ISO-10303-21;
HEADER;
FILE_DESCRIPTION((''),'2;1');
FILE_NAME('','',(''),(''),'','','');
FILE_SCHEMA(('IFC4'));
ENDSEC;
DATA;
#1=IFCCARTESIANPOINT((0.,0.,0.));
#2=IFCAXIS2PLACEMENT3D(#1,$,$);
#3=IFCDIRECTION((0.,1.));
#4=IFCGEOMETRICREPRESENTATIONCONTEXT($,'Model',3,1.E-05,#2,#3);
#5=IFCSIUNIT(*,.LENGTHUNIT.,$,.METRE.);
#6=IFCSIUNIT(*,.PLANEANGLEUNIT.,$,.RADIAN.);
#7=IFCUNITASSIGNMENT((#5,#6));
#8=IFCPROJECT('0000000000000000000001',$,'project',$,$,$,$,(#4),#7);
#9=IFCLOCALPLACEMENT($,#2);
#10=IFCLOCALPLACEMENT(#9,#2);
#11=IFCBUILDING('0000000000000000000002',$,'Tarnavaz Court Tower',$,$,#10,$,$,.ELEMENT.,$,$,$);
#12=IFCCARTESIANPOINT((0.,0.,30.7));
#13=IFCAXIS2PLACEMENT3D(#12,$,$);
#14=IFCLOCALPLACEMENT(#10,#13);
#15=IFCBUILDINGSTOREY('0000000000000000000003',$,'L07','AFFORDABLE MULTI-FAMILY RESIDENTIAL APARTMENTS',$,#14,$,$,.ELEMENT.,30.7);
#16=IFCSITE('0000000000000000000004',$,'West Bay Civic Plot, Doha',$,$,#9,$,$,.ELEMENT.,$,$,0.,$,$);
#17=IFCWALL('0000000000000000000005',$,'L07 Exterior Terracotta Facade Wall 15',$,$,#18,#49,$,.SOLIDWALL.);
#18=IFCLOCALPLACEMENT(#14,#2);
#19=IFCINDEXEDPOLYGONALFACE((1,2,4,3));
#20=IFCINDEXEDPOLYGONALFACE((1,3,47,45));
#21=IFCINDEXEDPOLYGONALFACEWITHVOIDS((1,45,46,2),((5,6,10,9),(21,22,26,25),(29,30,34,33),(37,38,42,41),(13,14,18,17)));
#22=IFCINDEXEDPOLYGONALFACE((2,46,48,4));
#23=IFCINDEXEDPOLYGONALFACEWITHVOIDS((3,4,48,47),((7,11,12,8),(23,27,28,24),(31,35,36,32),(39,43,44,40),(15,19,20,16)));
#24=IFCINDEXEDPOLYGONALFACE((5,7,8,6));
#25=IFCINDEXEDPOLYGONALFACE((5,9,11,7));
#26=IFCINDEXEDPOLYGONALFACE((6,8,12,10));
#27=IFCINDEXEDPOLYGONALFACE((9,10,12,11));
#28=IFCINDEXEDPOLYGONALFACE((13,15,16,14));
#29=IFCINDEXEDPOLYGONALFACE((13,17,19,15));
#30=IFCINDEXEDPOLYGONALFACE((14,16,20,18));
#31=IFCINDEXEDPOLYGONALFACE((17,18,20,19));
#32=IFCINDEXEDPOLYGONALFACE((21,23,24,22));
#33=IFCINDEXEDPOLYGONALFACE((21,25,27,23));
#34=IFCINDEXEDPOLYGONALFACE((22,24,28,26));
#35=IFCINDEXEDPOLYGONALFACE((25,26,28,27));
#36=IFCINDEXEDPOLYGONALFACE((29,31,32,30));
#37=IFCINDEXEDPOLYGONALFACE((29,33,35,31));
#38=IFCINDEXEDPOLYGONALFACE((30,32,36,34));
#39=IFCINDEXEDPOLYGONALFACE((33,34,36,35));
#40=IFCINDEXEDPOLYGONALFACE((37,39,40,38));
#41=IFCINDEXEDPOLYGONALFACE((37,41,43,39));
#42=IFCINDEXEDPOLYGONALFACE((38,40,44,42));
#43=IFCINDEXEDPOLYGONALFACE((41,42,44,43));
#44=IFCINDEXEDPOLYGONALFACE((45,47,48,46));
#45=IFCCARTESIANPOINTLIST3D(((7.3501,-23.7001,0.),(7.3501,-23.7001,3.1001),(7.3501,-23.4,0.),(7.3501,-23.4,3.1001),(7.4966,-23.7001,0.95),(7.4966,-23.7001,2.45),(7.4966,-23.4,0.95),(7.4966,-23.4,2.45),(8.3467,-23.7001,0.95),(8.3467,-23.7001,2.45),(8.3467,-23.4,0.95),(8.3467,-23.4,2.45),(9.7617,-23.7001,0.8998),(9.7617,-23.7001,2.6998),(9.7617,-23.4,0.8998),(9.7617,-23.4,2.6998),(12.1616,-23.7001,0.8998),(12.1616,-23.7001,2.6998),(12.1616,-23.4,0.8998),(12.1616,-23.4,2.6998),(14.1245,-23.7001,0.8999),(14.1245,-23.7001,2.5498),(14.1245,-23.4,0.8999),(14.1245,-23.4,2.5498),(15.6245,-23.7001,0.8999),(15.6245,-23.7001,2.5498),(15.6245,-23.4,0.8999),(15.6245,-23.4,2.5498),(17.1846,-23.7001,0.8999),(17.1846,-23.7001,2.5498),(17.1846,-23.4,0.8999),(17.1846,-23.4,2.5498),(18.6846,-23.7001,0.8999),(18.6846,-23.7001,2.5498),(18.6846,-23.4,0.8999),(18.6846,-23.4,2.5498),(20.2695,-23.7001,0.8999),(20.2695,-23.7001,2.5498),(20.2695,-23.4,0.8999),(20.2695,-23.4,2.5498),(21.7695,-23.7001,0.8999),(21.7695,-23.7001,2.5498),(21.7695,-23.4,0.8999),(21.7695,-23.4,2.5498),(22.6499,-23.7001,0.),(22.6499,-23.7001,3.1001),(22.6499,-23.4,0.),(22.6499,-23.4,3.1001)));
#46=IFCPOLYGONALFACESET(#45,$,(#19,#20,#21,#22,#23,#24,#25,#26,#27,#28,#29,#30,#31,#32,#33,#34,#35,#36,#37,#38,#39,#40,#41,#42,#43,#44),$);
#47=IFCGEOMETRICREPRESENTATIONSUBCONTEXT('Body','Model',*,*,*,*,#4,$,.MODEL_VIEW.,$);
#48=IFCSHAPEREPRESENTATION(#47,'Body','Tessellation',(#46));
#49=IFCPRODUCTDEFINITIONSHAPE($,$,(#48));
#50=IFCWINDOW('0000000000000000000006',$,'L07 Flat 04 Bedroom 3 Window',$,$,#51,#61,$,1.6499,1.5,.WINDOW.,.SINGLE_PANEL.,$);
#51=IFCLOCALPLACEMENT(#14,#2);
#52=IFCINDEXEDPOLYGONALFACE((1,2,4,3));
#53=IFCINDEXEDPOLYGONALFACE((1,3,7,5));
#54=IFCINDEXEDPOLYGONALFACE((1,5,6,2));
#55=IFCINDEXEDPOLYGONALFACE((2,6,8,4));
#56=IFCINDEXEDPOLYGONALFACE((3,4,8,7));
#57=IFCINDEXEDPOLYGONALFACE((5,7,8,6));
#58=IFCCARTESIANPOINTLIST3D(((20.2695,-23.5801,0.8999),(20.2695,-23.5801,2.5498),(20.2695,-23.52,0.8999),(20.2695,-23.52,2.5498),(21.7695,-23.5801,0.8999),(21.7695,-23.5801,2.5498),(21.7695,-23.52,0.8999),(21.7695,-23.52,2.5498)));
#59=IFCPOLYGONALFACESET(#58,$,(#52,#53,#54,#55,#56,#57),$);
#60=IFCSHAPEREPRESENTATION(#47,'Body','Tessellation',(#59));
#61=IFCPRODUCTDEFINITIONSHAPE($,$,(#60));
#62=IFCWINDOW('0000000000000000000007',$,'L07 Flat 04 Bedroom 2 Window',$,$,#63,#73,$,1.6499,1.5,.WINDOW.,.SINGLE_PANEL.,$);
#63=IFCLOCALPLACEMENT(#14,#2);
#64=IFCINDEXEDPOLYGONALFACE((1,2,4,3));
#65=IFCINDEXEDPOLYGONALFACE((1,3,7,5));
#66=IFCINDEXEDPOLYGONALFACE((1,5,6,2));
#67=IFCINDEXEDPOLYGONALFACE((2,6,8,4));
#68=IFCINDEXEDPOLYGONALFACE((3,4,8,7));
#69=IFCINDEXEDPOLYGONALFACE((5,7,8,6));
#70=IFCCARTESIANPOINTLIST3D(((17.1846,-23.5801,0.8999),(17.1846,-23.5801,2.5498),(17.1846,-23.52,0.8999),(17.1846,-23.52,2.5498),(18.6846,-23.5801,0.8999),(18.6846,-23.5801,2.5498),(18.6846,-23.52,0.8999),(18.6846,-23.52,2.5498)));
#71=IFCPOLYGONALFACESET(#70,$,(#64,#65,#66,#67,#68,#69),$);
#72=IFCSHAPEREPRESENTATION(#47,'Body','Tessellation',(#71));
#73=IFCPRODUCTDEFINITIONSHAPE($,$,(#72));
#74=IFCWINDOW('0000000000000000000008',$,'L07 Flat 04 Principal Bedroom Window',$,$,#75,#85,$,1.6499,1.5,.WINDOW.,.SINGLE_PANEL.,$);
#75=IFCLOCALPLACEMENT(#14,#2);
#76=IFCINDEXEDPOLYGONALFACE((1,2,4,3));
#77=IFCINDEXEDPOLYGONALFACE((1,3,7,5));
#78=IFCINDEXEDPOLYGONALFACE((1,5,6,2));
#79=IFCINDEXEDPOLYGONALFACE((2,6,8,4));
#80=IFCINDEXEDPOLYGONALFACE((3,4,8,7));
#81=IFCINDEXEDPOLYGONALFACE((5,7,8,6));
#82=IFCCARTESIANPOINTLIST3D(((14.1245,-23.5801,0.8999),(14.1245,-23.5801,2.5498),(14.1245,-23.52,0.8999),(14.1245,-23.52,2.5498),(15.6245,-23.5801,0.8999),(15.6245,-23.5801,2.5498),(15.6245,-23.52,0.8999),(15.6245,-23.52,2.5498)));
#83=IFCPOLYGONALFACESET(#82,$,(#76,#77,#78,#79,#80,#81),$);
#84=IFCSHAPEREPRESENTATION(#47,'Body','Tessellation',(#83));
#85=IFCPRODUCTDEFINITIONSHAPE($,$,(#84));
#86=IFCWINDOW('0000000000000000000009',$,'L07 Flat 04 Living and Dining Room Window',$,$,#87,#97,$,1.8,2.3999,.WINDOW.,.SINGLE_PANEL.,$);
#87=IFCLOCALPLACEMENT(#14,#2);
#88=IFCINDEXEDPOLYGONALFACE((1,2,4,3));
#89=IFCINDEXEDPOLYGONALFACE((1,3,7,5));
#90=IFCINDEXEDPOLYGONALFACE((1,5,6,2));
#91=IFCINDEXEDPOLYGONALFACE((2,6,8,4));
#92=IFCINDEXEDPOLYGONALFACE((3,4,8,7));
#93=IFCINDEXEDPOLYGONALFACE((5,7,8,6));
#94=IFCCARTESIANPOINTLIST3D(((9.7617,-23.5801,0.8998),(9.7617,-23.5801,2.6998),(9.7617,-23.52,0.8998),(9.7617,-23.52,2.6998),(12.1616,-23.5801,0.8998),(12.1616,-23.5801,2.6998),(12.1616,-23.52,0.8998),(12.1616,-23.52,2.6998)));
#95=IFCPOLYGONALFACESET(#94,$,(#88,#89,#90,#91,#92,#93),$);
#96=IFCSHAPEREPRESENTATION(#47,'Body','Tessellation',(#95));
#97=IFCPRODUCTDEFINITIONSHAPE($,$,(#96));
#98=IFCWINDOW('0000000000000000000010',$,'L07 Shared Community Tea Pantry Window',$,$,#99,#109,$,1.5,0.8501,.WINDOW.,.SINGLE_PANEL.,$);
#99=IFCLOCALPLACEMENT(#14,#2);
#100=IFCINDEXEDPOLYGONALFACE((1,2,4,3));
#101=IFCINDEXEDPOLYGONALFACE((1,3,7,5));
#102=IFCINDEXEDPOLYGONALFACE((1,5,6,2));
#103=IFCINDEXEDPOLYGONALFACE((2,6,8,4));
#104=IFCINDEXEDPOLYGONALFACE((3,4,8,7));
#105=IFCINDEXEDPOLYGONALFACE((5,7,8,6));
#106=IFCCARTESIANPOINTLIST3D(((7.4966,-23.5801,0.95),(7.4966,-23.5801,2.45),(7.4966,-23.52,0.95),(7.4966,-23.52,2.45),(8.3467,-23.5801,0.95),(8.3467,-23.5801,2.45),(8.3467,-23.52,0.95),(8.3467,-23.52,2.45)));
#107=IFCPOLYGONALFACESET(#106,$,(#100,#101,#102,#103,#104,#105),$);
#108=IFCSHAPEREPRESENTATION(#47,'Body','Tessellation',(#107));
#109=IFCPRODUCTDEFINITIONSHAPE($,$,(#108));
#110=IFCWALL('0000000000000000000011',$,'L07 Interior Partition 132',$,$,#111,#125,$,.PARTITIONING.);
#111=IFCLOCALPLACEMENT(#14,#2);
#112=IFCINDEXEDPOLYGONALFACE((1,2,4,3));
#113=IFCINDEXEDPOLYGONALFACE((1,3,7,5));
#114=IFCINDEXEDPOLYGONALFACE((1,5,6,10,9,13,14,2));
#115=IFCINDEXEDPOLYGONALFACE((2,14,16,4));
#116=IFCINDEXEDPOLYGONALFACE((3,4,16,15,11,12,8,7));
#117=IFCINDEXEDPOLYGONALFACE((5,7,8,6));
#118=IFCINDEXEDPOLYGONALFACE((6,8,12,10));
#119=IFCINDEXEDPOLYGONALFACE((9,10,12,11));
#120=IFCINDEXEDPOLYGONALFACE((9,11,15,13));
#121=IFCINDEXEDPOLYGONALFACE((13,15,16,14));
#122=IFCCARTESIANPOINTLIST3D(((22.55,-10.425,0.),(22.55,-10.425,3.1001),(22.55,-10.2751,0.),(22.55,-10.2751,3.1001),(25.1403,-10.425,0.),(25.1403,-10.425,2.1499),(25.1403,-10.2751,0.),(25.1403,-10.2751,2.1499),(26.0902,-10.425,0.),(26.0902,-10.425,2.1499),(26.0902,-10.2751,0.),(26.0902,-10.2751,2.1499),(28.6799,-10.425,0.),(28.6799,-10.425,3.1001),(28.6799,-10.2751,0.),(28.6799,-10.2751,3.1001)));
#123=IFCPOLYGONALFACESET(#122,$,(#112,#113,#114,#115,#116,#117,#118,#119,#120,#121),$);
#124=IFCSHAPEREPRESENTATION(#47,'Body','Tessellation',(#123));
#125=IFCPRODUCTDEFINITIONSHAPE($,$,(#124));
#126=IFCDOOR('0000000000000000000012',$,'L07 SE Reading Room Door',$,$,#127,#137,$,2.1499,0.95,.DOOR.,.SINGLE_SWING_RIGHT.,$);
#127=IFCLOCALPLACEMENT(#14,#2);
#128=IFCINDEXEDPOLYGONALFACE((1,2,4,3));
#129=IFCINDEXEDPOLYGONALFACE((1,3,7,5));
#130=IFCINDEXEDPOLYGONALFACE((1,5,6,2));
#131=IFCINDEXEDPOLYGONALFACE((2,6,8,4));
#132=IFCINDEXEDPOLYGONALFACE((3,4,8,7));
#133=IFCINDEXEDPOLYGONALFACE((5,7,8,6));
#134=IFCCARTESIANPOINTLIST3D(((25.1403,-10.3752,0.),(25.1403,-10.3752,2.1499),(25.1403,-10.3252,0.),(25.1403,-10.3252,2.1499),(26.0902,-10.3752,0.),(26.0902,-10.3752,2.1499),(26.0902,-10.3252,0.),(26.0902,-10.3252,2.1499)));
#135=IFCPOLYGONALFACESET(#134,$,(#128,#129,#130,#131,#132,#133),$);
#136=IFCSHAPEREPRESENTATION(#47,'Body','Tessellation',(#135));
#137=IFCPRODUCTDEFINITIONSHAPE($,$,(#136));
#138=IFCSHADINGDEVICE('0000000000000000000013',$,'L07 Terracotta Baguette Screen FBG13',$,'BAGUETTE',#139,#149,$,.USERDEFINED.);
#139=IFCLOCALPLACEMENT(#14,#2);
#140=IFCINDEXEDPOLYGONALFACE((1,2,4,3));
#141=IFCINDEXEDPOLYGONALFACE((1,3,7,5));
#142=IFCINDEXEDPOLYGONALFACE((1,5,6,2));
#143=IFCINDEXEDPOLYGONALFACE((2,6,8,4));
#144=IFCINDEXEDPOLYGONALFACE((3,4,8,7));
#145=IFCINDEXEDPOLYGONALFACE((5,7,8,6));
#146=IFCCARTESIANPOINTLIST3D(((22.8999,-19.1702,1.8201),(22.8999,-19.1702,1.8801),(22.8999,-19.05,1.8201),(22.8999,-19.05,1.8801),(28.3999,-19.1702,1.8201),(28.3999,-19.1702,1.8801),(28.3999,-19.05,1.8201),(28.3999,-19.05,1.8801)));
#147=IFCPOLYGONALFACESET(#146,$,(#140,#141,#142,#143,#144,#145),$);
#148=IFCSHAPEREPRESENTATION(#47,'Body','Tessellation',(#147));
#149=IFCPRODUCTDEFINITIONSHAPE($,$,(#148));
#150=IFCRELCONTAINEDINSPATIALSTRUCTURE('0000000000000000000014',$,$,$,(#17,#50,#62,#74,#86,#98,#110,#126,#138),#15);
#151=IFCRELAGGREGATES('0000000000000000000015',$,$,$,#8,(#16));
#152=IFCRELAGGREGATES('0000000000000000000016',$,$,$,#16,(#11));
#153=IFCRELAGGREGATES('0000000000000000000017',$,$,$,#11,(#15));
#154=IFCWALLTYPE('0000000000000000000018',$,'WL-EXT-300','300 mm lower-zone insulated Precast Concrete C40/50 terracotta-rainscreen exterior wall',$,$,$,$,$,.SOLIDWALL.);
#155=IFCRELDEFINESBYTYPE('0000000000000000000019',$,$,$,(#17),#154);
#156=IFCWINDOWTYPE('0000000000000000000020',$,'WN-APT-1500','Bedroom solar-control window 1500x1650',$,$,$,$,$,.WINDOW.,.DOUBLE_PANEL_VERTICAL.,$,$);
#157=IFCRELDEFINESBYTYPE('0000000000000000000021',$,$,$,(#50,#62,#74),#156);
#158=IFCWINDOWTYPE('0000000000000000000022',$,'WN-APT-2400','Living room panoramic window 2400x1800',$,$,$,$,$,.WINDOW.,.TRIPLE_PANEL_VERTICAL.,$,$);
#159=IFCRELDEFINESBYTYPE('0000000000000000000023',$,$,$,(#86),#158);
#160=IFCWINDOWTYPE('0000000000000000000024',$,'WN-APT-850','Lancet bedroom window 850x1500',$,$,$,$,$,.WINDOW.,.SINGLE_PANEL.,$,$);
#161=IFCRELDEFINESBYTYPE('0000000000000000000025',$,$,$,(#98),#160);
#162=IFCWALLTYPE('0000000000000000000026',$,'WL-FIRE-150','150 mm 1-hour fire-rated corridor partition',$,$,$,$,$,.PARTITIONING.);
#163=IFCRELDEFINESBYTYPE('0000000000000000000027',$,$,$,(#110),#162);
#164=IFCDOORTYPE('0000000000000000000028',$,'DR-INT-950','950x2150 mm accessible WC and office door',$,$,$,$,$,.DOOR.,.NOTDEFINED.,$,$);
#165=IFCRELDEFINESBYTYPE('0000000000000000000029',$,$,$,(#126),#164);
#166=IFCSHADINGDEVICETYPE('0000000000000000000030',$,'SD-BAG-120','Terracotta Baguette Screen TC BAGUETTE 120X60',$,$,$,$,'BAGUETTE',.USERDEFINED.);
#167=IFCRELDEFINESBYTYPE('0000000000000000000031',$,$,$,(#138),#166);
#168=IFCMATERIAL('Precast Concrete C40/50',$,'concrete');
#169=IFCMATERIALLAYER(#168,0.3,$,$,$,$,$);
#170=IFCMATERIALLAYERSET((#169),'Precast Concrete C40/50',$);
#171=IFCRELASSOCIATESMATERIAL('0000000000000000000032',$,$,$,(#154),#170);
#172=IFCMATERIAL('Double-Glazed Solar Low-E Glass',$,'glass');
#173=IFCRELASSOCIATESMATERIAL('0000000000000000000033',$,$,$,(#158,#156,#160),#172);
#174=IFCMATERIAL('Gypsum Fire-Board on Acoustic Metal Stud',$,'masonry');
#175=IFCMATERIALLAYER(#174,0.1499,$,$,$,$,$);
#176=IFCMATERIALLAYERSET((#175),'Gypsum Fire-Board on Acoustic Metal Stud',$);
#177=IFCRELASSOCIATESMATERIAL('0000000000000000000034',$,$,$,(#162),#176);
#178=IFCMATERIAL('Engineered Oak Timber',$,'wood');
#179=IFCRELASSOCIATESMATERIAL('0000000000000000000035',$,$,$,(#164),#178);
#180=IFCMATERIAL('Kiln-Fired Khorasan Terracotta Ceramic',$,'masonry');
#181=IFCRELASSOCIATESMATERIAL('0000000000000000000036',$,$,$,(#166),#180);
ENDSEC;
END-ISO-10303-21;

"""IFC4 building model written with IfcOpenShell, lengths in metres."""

from ifc_helpers import new_model, si_unit, direction, frame, frame_2d, origin, origin_2d, place, context, subcontext, project, spatial, rectangle, extrude, material, layer, layer_set, material_profile, profile_set, type_object, element, fill, save


model = new_model("IFC4")

# Units and contexts
model_context = context("Model", 3, precision=1e-05, world=origin(), true_north=direction((0.0, 1.0)))
body_context = subcontext(model_context, "Body", "Model", "MODEL_VIEW")
ifc_project = project(units=[si_unit("LENGTHUNIT", "METRE"), si_unit("PLANEANGLEUNIT", "RADIAN")], contexts=[model_context])

# Site, building, storey
site_placement = place(None, origin())
site = spatial("IfcSite", under=ifc_project, at=site_placement, Name="West Bay Civic Plot, Doha", CompositionType="ELEMENT", RefElevation=0.0)
building_placement = place(site_placement, origin())
building = spatial("IfcBuilding", under=site, at=building_placement, Name="Tarnavaz Court Tower", CompositionType="ELEMENT")
storey_placement = place(building_placement, frame((0.0, 0.0, 30.7)))
storey = spatial("IfcBuildingStorey", under=building, at=storey_placement, Name="L07", Description="AFFORDABLE MULTI-FAMILY RESIDENTIAL APARTMENTS", CompositionType="ELEMENT", Elevation=30.7)

# Shared definitions
ifc_material_1 = material(Name="Precast Concrete C40/50", Category="concrete")
ifc_layer_1 = layer(ifc_material_1, 0.3)
ifc_layer_set_1 = layer_set([ifc_layer_1], Name="Precast Concrete C40/50")
wall_type_1 = type_object("IfcWallType", Name="WL-EXT-300", Description="300 mm lower-zone insulated Precast Concrete C40/50 terracotta-rainscreen exterior wall", PredefinedType="SOLIDWALL", material=ifc_layer_set_1)
ifc_material_2 = material(Name="Double-Glazed Solar Low-E Glass", Category="glass")
window_type_1 = type_object("IfcWindowType", Name="WN-APT-2400", Description="Living room panoramic window 2400x1800", PartitioningType="TRIPLE_PANEL_VERTICAL", PredefinedType="WINDOW", material=ifc_material_2)

# Wall, openings, windows
wall_1_placement = place(storey_placement, frame((22.6499, -23.55, 0.0), z_axis=(0.0, 0.0, 1.0), x_axis=(-1.0, 0.0, 0.0)))
wall_1 = element("IfcWall", 1, at=wall_1_placement, inside=storey, type_object=wall_type_1, Name="L07 Exterior Terracotta Facade Wall 15", PredefinedType="SOLIDWALL", context=body_context, shape_type="SweptSolid", body=[
    extrude(rectangle(XDim=15.2998, YDim=0.3, at=frame_2d((7.6499, 0.0))), origin(), (0.0, 0.0, 1.0), 3.1001),
])
opening_1_placement = place(wall_1_placement, frame((0.8804, 0.0, 0.8999)))
opening_1 = element("IfcOpeningElement", 2, at=opening_1_placement, cuts=wall_1, PredefinedType="OPENING", context=body_context, shape_type="SweptSolid", body=[
    extrude(rectangle(XDim=1.5, YDim=1.6499, at=frame_2d((0.75, 0.825))), frame((0.0, 0.1599, 0.0), z_axis=(0.0, -1.0, 0.0), x_axis=(1.0, 0.0, 0.0)), (0.0, 0.0, 1.0), 0.3201),
])
opening_2_placement = place(wall_1_placement, frame((3.9653, 0.0, 0.8999)))
opening_2 = element("IfcOpeningElement", 3, at=opening_2_placement, cuts=wall_1, PredefinedType="OPENING", context=body_context, shape_type="SweptSolid", body=[
    extrude(rectangle(XDim=1.5, YDim=1.6499, at=frame_2d((0.75, 0.825))), frame((0.0, 0.1599, 0.0), z_axis=(0.0, -1.0, 0.0), x_axis=(1.0, 0.0, 0.0)), (0.0, 0.0, 1.0), 0.3201),
])
opening_3_placement = place(wall_1_placement, frame((7.0254, 0.0, 0.8999)))
opening_3 = element("IfcOpeningElement", 4, at=opening_3_placement, cuts=wall_1, PredefinedType="OPENING", context=body_context, shape_type="SweptSolid", body=[
    extrude(rectangle(XDim=1.5, YDim=1.6499, at=frame_2d((0.75, 0.825))), frame((0.0, 0.1599, 0.0), z_axis=(0.0, -1.0, 0.0), x_axis=(1.0, 0.0, 0.0)), (0.0, 0.0, 1.0), 0.3201),
])
opening_4_placement = place(wall_1_placement, frame((10.4883, 0.0, 0.8999)))
opening_4 = element("IfcOpeningElement", 5, at=opening_4_placement, cuts=wall_1, PredefinedType="OPENING", context=body_context, shape_type="SweptSolid", body=[
    extrude(rectangle(XDim=2.3999, YDim=1.8, at=frame_2d((1.2, 0.8999))), frame((0.0, 0.1599, 0.0), z_axis=(0.0, -1.0, 0.0), x_axis=(1.0, 0.0, 0.0)), (0.0, 0.0, 1.0), 0.3201),
])
opening_5_placement = place(wall_1_placement, frame((14.3032, 0.0, 0.95)))
opening_5 = element("IfcOpeningElement", 6, at=opening_5_placement, cuts=wall_1, PredefinedType="OPENING", context=body_context, shape_type="SweptSolid", body=[
    extrude(rectangle(XDim=0.8501, YDim=1.5, at=frame_2d((0.425, 0.75))), frame((0.0, 0.1599, 0.0), z_axis=(0.0, -1.0, 0.0), x_axis=(1.0, 0.0, 0.0)), (0.0, 0.0, 1.0), 0.3201),
])
window_type_2 = type_object("IfcWindowType", Name="WN-APT-1500", Description="Bedroom solar-control window 1500x1650", PartitioningType="DOUBLE_PANEL_VERTICAL", PredefinedType="WINDOW", material=ifc_material_2)
window_1_placement = place(opening_1_placement, origin())
window_1 = element("IfcWindow", 7, at=window_1_placement, inside=storey, type_object=window_type_2, Name="L07 Flat 04 Bedroom 3 Window", OverallHeight=1.6499, OverallWidth=1.5, PartitioningType="SINGLE_PANEL", PredefinedType="WINDOW", context=body_context, shape_type="SweptSolid", body=[
    extrude(rectangle(XDim=1.5, YDim=1.6499, at=frame_2d((0.75, 0.825))), frame((0.0, 0.03, 0.0), z_axis=(0.0, -1.0, 0.0), x_axis=(1.0, 0.0, 0.0)), (0.0, 0.0, 1.0), 0.0601),
])
fill(opening_1, window_1)
window_2_placement = place(opening_2_placement, origin())
window_2 = element("IfcWindow", 8, at=window_2_placement, inside=storey, type_object=window_type_2, Name="L07 Flat 04 Bedroom 2 Window", OverallHeight=1.6499, OverallWidth=1.5, PartitioningType="SINGLE_PANEL", PredefinedType="WINDOW", context=body_context, shape_type="SweptSolid", body=[
    extrude(rectangle(XDim=1.5, YDim=1.6499, at=frame_2d((0.75, 0.825))), frame((0.0, 0.03, 0.0), z_axis=(0.0, -1.0, 0.0), x_axis=(1.0, 0.0, 0.0)), (0.0, 0.0, 1.0), 0.0601),
])
fill(opening_2, window_2)
window_3_placement = place(opening_3_placement, origin())
window_3 = element("IfcWindow", 9, at=window_3_placement, inside=storey, type_object=window_type_2, Name="L07 Flat 04 Principal Bedroom Window", OverallHeight=1.6499, OverallWidth=1.5, PartitioningType="SINGLE_PANEL", PredefinedType="WINDOW", context=body_context, shape_type="SweptSolid", body=[
    extrude(rectangle(XDim=1.5, YDim=1.6499, at=frame_2d((0.75, 0.825))), frame((0.0, 0.03, 0.0), z_axis=(0.0, -1.0, 0.0), x_axis=(1.0, 0.0, 0.0)), (0.0, 0.0, 1.0), 0.0601),
])
fill(opening_3, window_3)
window_4_placement = place(opening_4_placement, origin())
window_4 = element("IfcWindow", 10, at=window_4_placement, inside=storey, type_object=window_type_1, Name="L07 Flat 04 Living and Dining Room Window", OverallHeight=1.8, OverallWidth=2.3999, PartitioningType="SINGLE_PANEL", PredefinedType="WINDOW", context=body_context, shape_type="SweptSolid", body=[
    extrude(rectangle(XDim=2.3999, YDim=1.8, at=frame_2d((1.2, 0.8999))), frame((0.0, 0.03, 0.0), z_axis=(0.0, -1.0, 0.0), x_axis=(1.0, 0.0, 0.0)), (0.0, 0.0, 1.0), 0.0601),
])
fill(opening_4, window_4)
window_type_3 = type_object("IfcWindowType", Name="WN-APT-850", Description="Lancet bedroom window 850x1500", PartitioningType="SINGLE_PANEL", PredefinedType="WINDOW", material=ifc_material_2)
window_5_placement = place(opening_5_placement, origin())
window_5 = element("IfcWindow", 11, at=window_5_placement, inside=storey, type_object=window_type_3, Name="L07 Shared Community Tea Pantry Window", OverallHeight=1.5, OverallWidth=0.8501, PartitioningType="SINGLE_PANEL", PredefinedType="WINDOW", context=body_context, shape_type="SweptSolid", body=[
    extrude(rectangle(XDim=0.8501, YDim=1.5, at=frame_2d((0.425, 0.75))), frame((0.0, 0.03, 0.0), z_axis=(0.0, -1.0, 0.0), x_axis=(1.0, 0.0, 0.0)), (0.0, 0.0, 1.0), 0.0601),
])
fill(opening_5, window_5)

# Wall, opening, door
ifc_material_3 = material(Name="Gypsum Fire-Board on Acoustic Metal Stud", Category="masonry")
ifc_layer_2 = layer(ifc_material_3, 0.1499)
ifc_layer_set_2 = layer_set([ifc_layer_2], Name="Gypsum Fire-Board on Acoustic Metal Stud")
wall_type_2 = type_object("IfcWallType", Name="WL-FIRE-150", Description="150 mm 1-hour fire-rated corridor partition", PredefinedType="PARTITIONING", material=ifc_layer_set_2)
wall_2_placement = place(storey_placement, frame((22.55, -10.3501, 0.0), z_axis=(0.0, 0.0, 1.0), x_axis=(1.0, 0.0, 0.0)))
wall_2 = element("IfcWall", 12, at=wall_2_placement, inside=storey, type_object=wall_type_2, Name="L07 Interior Partition 132", PredefinedType="PARTITIONING", context=body_context, shape_type="SweptSolid", body=[
    extrude(rectangle(XDim=6.1299, YDim=0.1499, at=frame_2d((3.0649, 0.0))), origin(), (0.0, 0.0, 1.0), 3.1001),
])
opening_6_placement = place(wall_2_placement, frame((2.5901, 0.0, 0.0)))
opening_6 = element("IfcOpeningElement", 13, at=opening_6_placement, cuts=wall_2, PredefinedType="OPENING", context=body_context, shape_type="SweptSolid", body=[
    extrude(rectangle(XDim=0.95, YDim=2.1499, at=frame_2d((0.4751, 1.075))), frame((0.0, 0.085, 0.0), z_axis=(0.0, -1.0, 0.0), x_axis=(1.0, 0.0, 0.0)), (0.0, 0.0, 1.0), 0.1699),
])
ifc_material_4 = material(Name="Engineered Oak Timber", Category="wood")
door_type = type_object("IfcDoorType", Name="DR-INT-950", Description="950x2150 mm accessible WC and office door", OperationType="NOTDEFINED", PredefinedType="DOOR", material=ifc_material_4)
door_placement = place(opening_6_placement, origin())
door = element("IfcDoor", 14, at=door_placement, inside=storey, type_object=door_type, Name="L07 SE Reading Room Door", OperationType="SINGLE_SWING_RIGHT", OverallHeight=2.1499, OverallWidth=0.95, PredefinedType="DOOR", context=body_context, shape_type="SweptSolid", body=[
    extrude(rectangle(XDim=0.95, YDim=2.1499, at=frame_2d((0.4751, 1.075))), frame((0.0, 0.0249, 0.0), z_axis=(0.0, -1.0, 0.0), x_axis=(1.0, 0.0, 0.0)), (0.0, 0.0, 1.0), 0.05),
])
fill(opening_6, door)

# Shading device
ifc_material_5 = material(Name="Kiln-Fired Khorasan Terracotta Ceramic", Category="masonry")
ifc_material_profile_1 = material_profile(ifc_material_5, rectangle(XDim=0.1201, YDim=0.0601, at=origin_2d()), Name="TC BAGUETTE 120X60")
ifc_profile_set_1 = profile_set([ifc_material_profile_1], Name="Kiln-Fired Khorasan Terracotta Ceramic")
shading_device_type = type_object("IfcShadingDeviceType", Name="SD-BAG-120", Description="Terracotta Baguette Screen TC BAGUETTE 120X60", ElementType="BAGUETTE", PredefinedType="USERDEFINED", material=ifc_profile_set_1)
shading_device_placement = place(storey_placement, frame((28.3999, -19.1101, 1.8501), z_axis=(-1.0, 0.0, 0.0), x_axis=(0.0, -1.0, 0.0)))
element("IfcShadingDevice", 15, at=shading_device_placement, inside=storey, type_object=shading_device_type, Name="L07 Terracotta Baguette Screen FBG13", ObjectType="BAGUETTE", PredefinedType="USERDEFINED", context=body_context, shape_type="SweptSolid", body=[
    extrude(rectangle(XDim=0.1201, YDim=0.0601, at=origin_2d()), origin(), (0.0, 0.0, 1.0), 5.5),
])

save(model, "model.ifc")
